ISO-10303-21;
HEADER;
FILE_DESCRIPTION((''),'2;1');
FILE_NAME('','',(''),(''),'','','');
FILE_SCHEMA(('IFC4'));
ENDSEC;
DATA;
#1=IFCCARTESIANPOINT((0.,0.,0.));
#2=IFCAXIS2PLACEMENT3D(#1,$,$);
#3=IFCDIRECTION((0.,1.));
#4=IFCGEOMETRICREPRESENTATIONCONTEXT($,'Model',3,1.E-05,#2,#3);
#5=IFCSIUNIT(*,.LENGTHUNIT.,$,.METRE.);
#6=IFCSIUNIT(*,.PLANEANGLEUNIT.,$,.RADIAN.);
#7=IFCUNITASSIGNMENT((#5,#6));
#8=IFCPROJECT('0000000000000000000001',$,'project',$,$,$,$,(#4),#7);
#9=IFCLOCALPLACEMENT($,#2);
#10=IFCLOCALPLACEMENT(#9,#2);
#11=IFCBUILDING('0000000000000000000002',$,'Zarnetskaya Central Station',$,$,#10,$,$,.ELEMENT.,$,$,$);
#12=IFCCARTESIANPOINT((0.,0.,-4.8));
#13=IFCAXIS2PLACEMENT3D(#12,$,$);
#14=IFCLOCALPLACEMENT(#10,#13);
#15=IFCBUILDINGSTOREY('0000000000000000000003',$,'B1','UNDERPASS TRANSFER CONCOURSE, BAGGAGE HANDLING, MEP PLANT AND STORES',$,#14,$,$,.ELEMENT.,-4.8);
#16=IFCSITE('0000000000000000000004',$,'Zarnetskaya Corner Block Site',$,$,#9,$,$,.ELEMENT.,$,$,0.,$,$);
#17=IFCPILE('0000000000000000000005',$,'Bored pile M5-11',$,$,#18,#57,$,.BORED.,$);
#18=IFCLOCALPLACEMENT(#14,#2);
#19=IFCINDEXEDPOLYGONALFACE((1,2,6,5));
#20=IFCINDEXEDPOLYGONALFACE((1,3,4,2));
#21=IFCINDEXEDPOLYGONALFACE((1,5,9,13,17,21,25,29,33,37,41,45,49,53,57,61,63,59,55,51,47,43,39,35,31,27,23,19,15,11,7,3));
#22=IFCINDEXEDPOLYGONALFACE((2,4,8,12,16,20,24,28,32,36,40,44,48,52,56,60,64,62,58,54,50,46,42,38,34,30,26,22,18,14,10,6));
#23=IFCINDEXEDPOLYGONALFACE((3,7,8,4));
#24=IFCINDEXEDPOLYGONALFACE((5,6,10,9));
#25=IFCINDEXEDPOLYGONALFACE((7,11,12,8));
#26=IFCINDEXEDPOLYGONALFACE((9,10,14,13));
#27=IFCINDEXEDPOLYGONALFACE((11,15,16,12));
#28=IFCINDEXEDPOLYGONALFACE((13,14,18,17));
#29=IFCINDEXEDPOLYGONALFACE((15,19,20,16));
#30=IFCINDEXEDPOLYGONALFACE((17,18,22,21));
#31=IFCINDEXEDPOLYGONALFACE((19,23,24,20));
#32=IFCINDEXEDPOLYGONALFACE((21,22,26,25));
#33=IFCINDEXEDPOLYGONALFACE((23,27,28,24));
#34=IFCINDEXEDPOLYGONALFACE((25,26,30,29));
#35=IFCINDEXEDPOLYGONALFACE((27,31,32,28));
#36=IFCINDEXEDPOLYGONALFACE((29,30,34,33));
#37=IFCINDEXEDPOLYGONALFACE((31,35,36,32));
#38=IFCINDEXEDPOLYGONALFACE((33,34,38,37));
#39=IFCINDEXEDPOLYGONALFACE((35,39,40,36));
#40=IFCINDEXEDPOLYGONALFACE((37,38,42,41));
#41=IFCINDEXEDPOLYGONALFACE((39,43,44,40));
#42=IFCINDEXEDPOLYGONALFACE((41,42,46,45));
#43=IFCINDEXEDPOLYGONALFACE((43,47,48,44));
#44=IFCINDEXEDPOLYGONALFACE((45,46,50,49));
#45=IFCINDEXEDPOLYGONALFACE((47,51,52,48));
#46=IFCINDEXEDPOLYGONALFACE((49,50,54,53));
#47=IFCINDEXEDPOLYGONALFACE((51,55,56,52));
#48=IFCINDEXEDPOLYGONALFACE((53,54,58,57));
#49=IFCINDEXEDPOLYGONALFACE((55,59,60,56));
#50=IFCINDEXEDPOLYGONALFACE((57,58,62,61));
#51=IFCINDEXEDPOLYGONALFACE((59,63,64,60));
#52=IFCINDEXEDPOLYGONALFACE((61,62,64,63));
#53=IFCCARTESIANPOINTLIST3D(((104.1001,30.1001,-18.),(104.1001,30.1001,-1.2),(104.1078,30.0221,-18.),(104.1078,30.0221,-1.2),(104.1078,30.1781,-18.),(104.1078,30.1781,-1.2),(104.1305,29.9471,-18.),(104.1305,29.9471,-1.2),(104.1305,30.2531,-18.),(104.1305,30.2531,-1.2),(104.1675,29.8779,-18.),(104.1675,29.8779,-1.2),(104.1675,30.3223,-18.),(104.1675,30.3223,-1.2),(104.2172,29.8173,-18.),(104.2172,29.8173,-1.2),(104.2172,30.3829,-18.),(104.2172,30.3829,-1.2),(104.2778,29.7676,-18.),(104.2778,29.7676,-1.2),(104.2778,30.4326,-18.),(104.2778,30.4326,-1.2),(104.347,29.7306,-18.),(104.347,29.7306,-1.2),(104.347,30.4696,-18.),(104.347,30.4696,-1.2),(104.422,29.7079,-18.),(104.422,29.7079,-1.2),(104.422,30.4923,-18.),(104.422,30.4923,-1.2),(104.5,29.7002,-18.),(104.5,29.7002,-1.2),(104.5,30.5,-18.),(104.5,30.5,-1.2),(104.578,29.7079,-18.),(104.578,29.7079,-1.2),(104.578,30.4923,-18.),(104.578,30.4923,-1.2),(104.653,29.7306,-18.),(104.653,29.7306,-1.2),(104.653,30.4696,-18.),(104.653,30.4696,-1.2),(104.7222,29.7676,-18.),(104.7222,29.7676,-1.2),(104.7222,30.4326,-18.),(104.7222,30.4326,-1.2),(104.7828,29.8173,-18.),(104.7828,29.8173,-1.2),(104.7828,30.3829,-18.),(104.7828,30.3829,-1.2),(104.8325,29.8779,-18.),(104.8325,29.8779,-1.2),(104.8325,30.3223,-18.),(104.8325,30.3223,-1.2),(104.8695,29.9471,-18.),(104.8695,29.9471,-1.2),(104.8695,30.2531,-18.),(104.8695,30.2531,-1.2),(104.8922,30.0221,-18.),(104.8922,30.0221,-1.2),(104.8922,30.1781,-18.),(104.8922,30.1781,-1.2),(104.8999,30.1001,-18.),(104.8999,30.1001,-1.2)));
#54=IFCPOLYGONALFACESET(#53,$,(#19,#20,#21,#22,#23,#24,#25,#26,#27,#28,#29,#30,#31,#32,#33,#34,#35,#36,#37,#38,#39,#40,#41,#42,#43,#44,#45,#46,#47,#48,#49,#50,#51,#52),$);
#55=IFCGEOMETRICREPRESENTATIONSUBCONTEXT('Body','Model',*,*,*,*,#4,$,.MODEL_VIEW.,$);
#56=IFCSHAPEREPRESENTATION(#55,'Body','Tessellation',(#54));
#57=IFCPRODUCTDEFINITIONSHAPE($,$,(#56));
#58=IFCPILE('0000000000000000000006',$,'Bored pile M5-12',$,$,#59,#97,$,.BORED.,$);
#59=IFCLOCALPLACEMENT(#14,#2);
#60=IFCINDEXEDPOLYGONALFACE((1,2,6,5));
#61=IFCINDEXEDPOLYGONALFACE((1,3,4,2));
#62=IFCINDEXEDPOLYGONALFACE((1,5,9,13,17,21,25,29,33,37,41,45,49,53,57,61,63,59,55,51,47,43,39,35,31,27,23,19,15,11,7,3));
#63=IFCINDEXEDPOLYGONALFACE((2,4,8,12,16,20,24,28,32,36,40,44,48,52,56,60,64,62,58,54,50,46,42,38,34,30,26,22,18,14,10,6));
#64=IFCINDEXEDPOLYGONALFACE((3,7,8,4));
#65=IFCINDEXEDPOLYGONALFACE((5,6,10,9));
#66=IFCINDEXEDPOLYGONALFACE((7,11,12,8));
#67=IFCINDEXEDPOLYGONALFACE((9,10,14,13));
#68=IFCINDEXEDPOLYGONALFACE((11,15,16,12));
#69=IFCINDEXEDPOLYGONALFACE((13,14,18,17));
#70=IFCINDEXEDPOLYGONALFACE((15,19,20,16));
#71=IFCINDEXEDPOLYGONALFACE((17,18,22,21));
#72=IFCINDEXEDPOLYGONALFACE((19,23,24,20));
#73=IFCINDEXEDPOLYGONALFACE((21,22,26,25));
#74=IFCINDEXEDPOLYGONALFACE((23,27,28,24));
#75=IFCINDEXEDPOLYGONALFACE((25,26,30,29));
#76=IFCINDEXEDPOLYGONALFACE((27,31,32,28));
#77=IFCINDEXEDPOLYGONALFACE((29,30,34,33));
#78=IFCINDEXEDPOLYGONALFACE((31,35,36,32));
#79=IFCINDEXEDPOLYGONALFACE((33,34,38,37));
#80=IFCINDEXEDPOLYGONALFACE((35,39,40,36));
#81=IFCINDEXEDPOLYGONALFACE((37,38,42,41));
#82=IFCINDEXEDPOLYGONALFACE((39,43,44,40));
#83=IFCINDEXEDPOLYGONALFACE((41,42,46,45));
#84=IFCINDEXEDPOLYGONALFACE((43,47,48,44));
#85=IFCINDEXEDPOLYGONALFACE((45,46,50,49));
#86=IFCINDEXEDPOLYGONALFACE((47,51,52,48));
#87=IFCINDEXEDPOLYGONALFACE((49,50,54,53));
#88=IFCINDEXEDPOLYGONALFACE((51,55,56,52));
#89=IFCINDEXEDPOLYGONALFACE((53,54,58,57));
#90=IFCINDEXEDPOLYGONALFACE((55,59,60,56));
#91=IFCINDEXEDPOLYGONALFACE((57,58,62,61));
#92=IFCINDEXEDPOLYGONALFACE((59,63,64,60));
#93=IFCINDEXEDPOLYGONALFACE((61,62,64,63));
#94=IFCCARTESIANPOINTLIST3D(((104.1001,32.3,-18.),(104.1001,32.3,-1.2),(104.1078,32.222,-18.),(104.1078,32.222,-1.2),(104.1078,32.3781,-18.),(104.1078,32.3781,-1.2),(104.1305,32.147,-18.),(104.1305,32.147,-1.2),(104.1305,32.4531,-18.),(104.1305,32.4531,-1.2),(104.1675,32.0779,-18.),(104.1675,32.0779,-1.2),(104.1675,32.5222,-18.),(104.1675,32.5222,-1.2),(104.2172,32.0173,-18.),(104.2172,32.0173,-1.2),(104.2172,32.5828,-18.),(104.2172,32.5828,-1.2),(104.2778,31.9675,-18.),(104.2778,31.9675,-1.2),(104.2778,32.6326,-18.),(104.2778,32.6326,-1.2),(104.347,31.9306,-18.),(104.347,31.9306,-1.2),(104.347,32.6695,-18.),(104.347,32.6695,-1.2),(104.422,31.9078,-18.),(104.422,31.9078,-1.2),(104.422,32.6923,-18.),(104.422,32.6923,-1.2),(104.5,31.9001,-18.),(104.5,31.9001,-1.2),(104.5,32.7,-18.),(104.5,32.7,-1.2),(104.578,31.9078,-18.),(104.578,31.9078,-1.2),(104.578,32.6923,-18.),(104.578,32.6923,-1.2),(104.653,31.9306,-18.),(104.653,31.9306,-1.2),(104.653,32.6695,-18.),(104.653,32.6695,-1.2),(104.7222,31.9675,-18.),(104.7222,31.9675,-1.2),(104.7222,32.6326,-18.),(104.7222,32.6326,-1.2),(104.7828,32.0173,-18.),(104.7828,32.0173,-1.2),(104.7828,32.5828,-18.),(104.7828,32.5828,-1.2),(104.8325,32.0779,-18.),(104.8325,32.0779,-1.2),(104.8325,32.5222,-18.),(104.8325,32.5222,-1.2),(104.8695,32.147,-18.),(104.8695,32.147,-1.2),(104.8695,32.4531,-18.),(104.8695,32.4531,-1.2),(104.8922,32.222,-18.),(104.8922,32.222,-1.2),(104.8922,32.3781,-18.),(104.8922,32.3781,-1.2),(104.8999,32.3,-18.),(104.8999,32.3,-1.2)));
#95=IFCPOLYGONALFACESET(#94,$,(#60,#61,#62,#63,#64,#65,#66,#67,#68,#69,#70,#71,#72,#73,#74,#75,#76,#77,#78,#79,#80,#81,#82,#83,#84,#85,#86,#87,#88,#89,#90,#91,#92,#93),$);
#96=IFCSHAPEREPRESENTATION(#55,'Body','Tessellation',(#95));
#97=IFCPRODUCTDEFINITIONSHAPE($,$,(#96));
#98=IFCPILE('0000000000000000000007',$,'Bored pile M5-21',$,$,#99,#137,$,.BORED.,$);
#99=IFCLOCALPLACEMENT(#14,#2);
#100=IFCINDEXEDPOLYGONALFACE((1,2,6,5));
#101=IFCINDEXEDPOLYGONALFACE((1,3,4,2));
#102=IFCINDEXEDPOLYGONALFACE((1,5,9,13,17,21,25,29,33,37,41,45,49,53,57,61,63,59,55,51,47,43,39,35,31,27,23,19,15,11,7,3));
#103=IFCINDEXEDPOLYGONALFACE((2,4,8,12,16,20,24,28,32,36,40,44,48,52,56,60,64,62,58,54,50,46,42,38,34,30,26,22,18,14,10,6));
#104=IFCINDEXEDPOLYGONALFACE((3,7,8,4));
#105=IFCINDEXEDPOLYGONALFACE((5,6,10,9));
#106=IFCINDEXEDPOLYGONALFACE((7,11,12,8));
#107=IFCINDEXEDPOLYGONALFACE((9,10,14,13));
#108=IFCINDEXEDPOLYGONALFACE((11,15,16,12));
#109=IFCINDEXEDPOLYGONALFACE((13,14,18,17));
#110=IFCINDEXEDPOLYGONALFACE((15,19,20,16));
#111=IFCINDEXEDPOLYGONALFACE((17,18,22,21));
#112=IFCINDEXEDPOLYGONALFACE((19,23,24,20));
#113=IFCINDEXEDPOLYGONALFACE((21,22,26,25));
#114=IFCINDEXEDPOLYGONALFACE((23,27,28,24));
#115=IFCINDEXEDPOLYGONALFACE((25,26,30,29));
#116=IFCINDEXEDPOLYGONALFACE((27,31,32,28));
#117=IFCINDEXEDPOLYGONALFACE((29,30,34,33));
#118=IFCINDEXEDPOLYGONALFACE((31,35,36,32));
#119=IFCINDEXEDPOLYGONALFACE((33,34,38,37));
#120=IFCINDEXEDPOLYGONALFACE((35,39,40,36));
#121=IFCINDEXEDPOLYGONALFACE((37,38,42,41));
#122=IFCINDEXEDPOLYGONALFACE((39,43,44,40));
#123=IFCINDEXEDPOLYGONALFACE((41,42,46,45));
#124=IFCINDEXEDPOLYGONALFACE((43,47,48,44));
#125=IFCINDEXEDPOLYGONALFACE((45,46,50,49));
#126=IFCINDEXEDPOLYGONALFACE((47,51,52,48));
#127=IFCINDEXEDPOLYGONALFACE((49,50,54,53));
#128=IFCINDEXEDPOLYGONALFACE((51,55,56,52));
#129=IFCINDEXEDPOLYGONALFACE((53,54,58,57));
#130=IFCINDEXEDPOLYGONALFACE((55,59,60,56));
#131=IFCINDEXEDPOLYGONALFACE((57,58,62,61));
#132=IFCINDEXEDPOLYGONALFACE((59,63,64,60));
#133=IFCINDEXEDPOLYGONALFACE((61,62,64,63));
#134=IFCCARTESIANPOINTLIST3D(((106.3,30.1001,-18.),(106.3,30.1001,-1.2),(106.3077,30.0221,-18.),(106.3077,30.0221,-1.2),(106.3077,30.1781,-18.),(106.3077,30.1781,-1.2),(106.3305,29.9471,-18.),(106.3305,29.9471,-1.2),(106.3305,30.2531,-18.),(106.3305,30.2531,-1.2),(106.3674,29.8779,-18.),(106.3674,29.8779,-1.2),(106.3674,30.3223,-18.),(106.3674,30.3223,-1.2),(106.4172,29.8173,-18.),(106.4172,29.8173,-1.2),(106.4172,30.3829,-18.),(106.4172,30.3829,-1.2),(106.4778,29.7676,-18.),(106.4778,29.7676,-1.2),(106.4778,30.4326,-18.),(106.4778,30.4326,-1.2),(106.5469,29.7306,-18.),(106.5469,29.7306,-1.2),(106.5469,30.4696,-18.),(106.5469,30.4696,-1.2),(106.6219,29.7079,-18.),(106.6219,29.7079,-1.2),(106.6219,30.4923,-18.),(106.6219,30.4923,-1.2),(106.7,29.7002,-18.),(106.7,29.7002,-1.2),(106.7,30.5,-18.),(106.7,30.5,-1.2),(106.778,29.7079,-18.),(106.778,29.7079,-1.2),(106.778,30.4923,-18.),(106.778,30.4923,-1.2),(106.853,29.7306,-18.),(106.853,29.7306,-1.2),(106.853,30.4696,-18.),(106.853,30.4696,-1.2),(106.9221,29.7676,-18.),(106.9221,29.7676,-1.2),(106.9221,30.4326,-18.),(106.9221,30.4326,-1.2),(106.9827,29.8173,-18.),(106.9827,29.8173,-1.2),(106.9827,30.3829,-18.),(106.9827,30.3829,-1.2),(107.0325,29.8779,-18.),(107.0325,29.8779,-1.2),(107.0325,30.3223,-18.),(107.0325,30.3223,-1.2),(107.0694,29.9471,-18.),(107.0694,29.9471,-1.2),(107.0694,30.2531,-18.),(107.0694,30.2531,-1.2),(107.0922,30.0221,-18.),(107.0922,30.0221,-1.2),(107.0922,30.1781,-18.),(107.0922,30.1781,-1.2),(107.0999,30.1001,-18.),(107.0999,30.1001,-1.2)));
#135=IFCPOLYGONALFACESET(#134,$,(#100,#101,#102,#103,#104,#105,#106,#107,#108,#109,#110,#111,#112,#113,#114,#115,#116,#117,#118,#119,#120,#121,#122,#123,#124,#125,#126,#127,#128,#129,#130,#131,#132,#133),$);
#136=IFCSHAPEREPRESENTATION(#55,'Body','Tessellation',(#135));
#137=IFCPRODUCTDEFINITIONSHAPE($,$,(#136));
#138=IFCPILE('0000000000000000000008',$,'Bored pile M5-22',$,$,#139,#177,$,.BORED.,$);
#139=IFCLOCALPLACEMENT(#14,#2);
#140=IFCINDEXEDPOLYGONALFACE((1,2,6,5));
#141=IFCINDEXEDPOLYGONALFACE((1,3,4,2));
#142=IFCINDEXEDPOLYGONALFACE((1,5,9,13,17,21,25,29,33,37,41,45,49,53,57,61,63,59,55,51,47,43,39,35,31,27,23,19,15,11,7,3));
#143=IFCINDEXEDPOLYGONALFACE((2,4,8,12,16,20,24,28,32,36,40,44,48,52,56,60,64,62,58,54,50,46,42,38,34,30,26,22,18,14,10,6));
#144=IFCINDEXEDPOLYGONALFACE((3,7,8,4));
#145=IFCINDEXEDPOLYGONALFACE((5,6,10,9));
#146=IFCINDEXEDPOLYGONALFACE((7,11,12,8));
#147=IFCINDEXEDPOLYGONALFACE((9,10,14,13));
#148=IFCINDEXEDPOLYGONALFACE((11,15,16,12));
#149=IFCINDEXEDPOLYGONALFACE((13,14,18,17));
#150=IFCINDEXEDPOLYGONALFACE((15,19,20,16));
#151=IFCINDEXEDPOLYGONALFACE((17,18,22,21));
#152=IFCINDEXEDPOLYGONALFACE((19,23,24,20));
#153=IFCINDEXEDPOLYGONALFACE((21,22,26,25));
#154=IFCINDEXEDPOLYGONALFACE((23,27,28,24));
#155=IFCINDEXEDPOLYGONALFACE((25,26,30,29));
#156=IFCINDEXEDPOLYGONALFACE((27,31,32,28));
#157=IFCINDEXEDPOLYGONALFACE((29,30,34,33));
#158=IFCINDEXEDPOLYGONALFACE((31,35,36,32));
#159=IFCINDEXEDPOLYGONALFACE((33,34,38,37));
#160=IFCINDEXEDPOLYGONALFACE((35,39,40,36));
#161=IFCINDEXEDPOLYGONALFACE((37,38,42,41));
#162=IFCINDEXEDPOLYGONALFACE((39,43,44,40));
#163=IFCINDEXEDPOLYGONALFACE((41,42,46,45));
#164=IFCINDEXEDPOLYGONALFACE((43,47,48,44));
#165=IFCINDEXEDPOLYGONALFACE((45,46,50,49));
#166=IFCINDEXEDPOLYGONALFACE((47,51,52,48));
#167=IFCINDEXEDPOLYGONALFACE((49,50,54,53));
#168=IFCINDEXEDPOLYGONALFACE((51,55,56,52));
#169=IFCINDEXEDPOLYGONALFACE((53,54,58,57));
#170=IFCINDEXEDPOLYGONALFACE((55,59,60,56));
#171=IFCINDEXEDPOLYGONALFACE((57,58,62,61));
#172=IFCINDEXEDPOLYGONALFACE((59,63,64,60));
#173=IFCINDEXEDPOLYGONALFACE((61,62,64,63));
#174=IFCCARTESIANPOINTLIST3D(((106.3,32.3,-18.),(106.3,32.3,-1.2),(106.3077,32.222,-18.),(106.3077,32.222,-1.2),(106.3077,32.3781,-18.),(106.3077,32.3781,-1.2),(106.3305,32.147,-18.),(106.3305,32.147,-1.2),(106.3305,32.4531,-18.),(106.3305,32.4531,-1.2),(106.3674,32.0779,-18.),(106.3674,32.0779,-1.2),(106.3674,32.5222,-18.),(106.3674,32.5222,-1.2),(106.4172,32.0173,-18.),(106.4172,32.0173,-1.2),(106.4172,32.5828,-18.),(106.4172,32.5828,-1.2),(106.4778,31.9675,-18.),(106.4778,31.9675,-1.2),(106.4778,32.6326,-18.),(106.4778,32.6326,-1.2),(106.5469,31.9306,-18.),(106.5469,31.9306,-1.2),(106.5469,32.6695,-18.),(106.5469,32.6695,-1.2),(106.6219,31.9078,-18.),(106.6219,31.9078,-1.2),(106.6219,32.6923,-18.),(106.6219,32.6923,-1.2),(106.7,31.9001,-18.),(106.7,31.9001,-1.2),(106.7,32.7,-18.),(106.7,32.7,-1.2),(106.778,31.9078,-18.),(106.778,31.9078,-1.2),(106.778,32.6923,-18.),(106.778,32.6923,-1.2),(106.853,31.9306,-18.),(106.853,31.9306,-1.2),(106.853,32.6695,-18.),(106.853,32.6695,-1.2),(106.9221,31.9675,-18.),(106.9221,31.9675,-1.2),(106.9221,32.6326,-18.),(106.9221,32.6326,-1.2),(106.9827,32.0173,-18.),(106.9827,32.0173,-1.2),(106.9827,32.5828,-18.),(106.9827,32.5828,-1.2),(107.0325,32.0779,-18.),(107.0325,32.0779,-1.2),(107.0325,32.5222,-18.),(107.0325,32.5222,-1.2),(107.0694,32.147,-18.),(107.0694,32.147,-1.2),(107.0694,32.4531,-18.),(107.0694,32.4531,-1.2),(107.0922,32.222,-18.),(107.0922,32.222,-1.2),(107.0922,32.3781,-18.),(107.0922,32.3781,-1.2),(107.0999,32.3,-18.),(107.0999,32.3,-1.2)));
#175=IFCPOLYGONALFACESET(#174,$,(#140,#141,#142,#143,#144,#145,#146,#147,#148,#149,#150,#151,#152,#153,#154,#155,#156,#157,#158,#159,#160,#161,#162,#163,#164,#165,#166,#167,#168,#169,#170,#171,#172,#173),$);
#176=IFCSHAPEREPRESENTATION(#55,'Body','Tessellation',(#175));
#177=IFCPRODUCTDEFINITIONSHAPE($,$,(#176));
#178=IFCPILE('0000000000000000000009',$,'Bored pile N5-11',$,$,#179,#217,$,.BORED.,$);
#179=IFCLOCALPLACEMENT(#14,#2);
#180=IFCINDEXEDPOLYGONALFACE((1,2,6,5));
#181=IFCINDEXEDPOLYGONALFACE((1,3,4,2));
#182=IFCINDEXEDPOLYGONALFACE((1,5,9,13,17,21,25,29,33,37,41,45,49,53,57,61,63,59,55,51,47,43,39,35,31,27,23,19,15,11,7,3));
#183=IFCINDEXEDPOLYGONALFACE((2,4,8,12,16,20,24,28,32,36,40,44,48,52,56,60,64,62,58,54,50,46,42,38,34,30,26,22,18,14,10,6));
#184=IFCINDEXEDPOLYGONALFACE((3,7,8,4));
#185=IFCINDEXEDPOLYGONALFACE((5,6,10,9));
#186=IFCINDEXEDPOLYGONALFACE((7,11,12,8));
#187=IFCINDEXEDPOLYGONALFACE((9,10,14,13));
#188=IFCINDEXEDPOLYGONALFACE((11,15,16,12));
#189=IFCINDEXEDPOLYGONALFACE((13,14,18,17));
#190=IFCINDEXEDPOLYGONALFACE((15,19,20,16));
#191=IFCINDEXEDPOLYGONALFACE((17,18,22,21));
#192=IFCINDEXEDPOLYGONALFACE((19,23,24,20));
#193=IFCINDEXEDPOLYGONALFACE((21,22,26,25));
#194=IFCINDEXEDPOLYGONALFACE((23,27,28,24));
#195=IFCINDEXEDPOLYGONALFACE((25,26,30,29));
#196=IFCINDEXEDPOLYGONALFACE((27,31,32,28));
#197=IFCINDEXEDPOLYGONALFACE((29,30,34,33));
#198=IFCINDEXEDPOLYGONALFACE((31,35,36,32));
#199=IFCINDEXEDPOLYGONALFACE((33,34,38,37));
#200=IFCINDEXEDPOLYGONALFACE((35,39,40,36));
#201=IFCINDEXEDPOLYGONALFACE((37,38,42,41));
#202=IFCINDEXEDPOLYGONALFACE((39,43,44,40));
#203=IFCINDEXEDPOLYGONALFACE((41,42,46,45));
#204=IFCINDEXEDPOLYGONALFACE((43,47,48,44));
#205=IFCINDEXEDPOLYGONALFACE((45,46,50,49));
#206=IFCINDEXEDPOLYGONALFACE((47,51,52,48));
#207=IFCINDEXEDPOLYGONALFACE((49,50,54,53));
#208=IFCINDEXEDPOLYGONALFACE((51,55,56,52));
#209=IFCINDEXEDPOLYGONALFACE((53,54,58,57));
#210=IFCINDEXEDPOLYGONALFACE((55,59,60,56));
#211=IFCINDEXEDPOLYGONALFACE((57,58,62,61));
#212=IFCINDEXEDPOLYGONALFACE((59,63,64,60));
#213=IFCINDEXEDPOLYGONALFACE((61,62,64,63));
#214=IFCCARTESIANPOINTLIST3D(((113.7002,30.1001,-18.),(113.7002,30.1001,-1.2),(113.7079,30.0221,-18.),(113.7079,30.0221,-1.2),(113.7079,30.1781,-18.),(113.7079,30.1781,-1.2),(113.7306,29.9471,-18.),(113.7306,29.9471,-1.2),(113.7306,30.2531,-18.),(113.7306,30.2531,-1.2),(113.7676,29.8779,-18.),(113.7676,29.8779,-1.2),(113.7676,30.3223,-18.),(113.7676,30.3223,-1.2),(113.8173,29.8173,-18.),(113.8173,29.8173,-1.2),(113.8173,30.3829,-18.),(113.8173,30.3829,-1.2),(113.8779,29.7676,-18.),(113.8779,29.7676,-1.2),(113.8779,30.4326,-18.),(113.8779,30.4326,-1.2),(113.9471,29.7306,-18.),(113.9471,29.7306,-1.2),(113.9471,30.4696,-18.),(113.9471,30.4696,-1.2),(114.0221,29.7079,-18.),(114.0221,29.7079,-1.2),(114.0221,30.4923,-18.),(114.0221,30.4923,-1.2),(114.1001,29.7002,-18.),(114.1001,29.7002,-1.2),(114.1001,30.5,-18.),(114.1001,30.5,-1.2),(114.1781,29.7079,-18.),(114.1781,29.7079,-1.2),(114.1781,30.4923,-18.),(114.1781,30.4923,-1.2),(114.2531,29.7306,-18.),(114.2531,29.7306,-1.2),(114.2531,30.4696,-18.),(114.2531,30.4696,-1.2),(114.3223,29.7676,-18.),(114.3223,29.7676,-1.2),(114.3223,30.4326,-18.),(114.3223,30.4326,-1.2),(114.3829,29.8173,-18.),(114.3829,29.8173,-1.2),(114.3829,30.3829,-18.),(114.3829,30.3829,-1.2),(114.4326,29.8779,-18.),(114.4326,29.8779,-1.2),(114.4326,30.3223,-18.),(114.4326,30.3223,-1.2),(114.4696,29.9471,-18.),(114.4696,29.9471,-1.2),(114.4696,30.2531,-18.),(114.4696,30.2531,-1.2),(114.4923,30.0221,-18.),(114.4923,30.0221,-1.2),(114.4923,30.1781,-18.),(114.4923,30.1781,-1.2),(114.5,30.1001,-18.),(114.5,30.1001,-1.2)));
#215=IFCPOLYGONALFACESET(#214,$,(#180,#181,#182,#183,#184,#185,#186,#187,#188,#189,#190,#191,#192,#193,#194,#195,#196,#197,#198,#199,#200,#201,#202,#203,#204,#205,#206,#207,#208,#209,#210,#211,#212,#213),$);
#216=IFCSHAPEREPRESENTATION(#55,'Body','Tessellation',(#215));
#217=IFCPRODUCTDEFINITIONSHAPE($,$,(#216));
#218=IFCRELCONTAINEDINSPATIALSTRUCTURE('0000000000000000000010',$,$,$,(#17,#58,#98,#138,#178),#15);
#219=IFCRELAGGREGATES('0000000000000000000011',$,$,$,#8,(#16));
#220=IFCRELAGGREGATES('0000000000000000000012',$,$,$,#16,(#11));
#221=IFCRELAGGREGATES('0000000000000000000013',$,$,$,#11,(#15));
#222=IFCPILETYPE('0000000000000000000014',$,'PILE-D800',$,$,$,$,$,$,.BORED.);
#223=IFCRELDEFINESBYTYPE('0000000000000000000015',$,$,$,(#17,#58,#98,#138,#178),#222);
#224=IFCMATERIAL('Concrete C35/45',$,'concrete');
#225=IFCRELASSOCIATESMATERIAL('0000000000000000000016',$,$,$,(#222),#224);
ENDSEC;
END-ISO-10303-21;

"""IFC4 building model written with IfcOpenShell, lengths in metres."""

from ifc_helpers import new_model, si_unit, direction, frame, origin, origin_2d, place, context, subcontext, project, spatial, circle, extrude, material, material_profile, profile_set, type_object, element, save


model = new_model("IFC4")

# Units and contexts
model_context = context("Model", 3, precision=1e-05, world=origin(), true_north=direction((0.0, 1.0)))
body_context = subcontext(model_context, "Body", "Model", "MODEL_VIEW")
ifc_project = project(units=[si_unit("LENGTHUNIT", "METRE"), si_unit("PLANEANGLEUNIT", "RADIAN")], contexts=[model_context])

# Site, building, storey
site_placement = place(None, origin())
site = spatial("IfcSite", under=ifc_project, at=site_placement, Name="Zarnetskaya Corner Block Site", CompositionType="ELEMENT", RefElevation=0.0)
building_placement = place(site_placement, origin())
building = spatial("IfcBuilding", under=site, at=building_placement, Name="Zarnetskaya Central Station", CompositionType="ELEMENT")
storey_placement = place(building_placement, frame((0.0, 0.0, -4.8)))
storey = spatial("IfcBuildingStorey", under=building, at=storey_placement, Name="B1", Description="UNDERPASS TRANSFER CONCOURSE, BAGGAGE HANDLING, MEP PLANT AND STORES", CompositionType="ELEMENT", Elevation=-4.8)

# Shared definitions
ifc_material_1 = material(Name="Concrete C35/45", Category="concrete")

# Piles
ifc_material_profile_1 = material_profile(ifc_material_1, circle(Radius=0.3999, at=origin_2d()), Name="BORED PILE D800")
ifc_profile_set_1 = profile_set([ifc_material_profile_1], Name="Concrete C35/45")
pile_type_1 = type_object("IfcPileType", Name="PILE-D800", PredefinedType="BORED", material=ifc_profile_set_1)
for number, where, z_axis, x_axis, name in (
    (1, (104.5, 30.1001, -1.2), (0.0, 0.0, -1.0), (1.0, 0.0, 0.0), "Bored pile M5-11"),
    (2, (104.5, 32.3, -1.2), (0.0, 0.0, -1.0), (1.0, 0.0, 0.0), "Bored pile M5-12"),
    (3, (106.7, 30.1001, -1.2), (0.0, 0.0, -1.0), (1.0, 0.0, 0.0), "Bored pile M5-21"),
    (4, (106.7, 32.3, -1.2), (0.0, 0.0, -1.0), (1.0, 0.0, 0.0), "Bored pile M5-22"),
    (5, (114.1001, 30.1001, -1.2), (0.0, 0.0, -1.0), (1.0, 0.0, 0.0), "Bored pile N5-11"),
):
    element("IfcPile", number, at=place(storey_placement, frame(where, z_axis=z_axis, x_axis=x_axis)), inside=storey, type_object=pile_type_1, Name=name, PredefinedType="BORED", context=body_context, shape_type="SweptSolid", body=[
        extrude(circle(Radius=0.3999, at=origin_2d()), origin(), (0.0, 0.0, 1.0), 16.8),
    ])

save(model, "model.ifc")
